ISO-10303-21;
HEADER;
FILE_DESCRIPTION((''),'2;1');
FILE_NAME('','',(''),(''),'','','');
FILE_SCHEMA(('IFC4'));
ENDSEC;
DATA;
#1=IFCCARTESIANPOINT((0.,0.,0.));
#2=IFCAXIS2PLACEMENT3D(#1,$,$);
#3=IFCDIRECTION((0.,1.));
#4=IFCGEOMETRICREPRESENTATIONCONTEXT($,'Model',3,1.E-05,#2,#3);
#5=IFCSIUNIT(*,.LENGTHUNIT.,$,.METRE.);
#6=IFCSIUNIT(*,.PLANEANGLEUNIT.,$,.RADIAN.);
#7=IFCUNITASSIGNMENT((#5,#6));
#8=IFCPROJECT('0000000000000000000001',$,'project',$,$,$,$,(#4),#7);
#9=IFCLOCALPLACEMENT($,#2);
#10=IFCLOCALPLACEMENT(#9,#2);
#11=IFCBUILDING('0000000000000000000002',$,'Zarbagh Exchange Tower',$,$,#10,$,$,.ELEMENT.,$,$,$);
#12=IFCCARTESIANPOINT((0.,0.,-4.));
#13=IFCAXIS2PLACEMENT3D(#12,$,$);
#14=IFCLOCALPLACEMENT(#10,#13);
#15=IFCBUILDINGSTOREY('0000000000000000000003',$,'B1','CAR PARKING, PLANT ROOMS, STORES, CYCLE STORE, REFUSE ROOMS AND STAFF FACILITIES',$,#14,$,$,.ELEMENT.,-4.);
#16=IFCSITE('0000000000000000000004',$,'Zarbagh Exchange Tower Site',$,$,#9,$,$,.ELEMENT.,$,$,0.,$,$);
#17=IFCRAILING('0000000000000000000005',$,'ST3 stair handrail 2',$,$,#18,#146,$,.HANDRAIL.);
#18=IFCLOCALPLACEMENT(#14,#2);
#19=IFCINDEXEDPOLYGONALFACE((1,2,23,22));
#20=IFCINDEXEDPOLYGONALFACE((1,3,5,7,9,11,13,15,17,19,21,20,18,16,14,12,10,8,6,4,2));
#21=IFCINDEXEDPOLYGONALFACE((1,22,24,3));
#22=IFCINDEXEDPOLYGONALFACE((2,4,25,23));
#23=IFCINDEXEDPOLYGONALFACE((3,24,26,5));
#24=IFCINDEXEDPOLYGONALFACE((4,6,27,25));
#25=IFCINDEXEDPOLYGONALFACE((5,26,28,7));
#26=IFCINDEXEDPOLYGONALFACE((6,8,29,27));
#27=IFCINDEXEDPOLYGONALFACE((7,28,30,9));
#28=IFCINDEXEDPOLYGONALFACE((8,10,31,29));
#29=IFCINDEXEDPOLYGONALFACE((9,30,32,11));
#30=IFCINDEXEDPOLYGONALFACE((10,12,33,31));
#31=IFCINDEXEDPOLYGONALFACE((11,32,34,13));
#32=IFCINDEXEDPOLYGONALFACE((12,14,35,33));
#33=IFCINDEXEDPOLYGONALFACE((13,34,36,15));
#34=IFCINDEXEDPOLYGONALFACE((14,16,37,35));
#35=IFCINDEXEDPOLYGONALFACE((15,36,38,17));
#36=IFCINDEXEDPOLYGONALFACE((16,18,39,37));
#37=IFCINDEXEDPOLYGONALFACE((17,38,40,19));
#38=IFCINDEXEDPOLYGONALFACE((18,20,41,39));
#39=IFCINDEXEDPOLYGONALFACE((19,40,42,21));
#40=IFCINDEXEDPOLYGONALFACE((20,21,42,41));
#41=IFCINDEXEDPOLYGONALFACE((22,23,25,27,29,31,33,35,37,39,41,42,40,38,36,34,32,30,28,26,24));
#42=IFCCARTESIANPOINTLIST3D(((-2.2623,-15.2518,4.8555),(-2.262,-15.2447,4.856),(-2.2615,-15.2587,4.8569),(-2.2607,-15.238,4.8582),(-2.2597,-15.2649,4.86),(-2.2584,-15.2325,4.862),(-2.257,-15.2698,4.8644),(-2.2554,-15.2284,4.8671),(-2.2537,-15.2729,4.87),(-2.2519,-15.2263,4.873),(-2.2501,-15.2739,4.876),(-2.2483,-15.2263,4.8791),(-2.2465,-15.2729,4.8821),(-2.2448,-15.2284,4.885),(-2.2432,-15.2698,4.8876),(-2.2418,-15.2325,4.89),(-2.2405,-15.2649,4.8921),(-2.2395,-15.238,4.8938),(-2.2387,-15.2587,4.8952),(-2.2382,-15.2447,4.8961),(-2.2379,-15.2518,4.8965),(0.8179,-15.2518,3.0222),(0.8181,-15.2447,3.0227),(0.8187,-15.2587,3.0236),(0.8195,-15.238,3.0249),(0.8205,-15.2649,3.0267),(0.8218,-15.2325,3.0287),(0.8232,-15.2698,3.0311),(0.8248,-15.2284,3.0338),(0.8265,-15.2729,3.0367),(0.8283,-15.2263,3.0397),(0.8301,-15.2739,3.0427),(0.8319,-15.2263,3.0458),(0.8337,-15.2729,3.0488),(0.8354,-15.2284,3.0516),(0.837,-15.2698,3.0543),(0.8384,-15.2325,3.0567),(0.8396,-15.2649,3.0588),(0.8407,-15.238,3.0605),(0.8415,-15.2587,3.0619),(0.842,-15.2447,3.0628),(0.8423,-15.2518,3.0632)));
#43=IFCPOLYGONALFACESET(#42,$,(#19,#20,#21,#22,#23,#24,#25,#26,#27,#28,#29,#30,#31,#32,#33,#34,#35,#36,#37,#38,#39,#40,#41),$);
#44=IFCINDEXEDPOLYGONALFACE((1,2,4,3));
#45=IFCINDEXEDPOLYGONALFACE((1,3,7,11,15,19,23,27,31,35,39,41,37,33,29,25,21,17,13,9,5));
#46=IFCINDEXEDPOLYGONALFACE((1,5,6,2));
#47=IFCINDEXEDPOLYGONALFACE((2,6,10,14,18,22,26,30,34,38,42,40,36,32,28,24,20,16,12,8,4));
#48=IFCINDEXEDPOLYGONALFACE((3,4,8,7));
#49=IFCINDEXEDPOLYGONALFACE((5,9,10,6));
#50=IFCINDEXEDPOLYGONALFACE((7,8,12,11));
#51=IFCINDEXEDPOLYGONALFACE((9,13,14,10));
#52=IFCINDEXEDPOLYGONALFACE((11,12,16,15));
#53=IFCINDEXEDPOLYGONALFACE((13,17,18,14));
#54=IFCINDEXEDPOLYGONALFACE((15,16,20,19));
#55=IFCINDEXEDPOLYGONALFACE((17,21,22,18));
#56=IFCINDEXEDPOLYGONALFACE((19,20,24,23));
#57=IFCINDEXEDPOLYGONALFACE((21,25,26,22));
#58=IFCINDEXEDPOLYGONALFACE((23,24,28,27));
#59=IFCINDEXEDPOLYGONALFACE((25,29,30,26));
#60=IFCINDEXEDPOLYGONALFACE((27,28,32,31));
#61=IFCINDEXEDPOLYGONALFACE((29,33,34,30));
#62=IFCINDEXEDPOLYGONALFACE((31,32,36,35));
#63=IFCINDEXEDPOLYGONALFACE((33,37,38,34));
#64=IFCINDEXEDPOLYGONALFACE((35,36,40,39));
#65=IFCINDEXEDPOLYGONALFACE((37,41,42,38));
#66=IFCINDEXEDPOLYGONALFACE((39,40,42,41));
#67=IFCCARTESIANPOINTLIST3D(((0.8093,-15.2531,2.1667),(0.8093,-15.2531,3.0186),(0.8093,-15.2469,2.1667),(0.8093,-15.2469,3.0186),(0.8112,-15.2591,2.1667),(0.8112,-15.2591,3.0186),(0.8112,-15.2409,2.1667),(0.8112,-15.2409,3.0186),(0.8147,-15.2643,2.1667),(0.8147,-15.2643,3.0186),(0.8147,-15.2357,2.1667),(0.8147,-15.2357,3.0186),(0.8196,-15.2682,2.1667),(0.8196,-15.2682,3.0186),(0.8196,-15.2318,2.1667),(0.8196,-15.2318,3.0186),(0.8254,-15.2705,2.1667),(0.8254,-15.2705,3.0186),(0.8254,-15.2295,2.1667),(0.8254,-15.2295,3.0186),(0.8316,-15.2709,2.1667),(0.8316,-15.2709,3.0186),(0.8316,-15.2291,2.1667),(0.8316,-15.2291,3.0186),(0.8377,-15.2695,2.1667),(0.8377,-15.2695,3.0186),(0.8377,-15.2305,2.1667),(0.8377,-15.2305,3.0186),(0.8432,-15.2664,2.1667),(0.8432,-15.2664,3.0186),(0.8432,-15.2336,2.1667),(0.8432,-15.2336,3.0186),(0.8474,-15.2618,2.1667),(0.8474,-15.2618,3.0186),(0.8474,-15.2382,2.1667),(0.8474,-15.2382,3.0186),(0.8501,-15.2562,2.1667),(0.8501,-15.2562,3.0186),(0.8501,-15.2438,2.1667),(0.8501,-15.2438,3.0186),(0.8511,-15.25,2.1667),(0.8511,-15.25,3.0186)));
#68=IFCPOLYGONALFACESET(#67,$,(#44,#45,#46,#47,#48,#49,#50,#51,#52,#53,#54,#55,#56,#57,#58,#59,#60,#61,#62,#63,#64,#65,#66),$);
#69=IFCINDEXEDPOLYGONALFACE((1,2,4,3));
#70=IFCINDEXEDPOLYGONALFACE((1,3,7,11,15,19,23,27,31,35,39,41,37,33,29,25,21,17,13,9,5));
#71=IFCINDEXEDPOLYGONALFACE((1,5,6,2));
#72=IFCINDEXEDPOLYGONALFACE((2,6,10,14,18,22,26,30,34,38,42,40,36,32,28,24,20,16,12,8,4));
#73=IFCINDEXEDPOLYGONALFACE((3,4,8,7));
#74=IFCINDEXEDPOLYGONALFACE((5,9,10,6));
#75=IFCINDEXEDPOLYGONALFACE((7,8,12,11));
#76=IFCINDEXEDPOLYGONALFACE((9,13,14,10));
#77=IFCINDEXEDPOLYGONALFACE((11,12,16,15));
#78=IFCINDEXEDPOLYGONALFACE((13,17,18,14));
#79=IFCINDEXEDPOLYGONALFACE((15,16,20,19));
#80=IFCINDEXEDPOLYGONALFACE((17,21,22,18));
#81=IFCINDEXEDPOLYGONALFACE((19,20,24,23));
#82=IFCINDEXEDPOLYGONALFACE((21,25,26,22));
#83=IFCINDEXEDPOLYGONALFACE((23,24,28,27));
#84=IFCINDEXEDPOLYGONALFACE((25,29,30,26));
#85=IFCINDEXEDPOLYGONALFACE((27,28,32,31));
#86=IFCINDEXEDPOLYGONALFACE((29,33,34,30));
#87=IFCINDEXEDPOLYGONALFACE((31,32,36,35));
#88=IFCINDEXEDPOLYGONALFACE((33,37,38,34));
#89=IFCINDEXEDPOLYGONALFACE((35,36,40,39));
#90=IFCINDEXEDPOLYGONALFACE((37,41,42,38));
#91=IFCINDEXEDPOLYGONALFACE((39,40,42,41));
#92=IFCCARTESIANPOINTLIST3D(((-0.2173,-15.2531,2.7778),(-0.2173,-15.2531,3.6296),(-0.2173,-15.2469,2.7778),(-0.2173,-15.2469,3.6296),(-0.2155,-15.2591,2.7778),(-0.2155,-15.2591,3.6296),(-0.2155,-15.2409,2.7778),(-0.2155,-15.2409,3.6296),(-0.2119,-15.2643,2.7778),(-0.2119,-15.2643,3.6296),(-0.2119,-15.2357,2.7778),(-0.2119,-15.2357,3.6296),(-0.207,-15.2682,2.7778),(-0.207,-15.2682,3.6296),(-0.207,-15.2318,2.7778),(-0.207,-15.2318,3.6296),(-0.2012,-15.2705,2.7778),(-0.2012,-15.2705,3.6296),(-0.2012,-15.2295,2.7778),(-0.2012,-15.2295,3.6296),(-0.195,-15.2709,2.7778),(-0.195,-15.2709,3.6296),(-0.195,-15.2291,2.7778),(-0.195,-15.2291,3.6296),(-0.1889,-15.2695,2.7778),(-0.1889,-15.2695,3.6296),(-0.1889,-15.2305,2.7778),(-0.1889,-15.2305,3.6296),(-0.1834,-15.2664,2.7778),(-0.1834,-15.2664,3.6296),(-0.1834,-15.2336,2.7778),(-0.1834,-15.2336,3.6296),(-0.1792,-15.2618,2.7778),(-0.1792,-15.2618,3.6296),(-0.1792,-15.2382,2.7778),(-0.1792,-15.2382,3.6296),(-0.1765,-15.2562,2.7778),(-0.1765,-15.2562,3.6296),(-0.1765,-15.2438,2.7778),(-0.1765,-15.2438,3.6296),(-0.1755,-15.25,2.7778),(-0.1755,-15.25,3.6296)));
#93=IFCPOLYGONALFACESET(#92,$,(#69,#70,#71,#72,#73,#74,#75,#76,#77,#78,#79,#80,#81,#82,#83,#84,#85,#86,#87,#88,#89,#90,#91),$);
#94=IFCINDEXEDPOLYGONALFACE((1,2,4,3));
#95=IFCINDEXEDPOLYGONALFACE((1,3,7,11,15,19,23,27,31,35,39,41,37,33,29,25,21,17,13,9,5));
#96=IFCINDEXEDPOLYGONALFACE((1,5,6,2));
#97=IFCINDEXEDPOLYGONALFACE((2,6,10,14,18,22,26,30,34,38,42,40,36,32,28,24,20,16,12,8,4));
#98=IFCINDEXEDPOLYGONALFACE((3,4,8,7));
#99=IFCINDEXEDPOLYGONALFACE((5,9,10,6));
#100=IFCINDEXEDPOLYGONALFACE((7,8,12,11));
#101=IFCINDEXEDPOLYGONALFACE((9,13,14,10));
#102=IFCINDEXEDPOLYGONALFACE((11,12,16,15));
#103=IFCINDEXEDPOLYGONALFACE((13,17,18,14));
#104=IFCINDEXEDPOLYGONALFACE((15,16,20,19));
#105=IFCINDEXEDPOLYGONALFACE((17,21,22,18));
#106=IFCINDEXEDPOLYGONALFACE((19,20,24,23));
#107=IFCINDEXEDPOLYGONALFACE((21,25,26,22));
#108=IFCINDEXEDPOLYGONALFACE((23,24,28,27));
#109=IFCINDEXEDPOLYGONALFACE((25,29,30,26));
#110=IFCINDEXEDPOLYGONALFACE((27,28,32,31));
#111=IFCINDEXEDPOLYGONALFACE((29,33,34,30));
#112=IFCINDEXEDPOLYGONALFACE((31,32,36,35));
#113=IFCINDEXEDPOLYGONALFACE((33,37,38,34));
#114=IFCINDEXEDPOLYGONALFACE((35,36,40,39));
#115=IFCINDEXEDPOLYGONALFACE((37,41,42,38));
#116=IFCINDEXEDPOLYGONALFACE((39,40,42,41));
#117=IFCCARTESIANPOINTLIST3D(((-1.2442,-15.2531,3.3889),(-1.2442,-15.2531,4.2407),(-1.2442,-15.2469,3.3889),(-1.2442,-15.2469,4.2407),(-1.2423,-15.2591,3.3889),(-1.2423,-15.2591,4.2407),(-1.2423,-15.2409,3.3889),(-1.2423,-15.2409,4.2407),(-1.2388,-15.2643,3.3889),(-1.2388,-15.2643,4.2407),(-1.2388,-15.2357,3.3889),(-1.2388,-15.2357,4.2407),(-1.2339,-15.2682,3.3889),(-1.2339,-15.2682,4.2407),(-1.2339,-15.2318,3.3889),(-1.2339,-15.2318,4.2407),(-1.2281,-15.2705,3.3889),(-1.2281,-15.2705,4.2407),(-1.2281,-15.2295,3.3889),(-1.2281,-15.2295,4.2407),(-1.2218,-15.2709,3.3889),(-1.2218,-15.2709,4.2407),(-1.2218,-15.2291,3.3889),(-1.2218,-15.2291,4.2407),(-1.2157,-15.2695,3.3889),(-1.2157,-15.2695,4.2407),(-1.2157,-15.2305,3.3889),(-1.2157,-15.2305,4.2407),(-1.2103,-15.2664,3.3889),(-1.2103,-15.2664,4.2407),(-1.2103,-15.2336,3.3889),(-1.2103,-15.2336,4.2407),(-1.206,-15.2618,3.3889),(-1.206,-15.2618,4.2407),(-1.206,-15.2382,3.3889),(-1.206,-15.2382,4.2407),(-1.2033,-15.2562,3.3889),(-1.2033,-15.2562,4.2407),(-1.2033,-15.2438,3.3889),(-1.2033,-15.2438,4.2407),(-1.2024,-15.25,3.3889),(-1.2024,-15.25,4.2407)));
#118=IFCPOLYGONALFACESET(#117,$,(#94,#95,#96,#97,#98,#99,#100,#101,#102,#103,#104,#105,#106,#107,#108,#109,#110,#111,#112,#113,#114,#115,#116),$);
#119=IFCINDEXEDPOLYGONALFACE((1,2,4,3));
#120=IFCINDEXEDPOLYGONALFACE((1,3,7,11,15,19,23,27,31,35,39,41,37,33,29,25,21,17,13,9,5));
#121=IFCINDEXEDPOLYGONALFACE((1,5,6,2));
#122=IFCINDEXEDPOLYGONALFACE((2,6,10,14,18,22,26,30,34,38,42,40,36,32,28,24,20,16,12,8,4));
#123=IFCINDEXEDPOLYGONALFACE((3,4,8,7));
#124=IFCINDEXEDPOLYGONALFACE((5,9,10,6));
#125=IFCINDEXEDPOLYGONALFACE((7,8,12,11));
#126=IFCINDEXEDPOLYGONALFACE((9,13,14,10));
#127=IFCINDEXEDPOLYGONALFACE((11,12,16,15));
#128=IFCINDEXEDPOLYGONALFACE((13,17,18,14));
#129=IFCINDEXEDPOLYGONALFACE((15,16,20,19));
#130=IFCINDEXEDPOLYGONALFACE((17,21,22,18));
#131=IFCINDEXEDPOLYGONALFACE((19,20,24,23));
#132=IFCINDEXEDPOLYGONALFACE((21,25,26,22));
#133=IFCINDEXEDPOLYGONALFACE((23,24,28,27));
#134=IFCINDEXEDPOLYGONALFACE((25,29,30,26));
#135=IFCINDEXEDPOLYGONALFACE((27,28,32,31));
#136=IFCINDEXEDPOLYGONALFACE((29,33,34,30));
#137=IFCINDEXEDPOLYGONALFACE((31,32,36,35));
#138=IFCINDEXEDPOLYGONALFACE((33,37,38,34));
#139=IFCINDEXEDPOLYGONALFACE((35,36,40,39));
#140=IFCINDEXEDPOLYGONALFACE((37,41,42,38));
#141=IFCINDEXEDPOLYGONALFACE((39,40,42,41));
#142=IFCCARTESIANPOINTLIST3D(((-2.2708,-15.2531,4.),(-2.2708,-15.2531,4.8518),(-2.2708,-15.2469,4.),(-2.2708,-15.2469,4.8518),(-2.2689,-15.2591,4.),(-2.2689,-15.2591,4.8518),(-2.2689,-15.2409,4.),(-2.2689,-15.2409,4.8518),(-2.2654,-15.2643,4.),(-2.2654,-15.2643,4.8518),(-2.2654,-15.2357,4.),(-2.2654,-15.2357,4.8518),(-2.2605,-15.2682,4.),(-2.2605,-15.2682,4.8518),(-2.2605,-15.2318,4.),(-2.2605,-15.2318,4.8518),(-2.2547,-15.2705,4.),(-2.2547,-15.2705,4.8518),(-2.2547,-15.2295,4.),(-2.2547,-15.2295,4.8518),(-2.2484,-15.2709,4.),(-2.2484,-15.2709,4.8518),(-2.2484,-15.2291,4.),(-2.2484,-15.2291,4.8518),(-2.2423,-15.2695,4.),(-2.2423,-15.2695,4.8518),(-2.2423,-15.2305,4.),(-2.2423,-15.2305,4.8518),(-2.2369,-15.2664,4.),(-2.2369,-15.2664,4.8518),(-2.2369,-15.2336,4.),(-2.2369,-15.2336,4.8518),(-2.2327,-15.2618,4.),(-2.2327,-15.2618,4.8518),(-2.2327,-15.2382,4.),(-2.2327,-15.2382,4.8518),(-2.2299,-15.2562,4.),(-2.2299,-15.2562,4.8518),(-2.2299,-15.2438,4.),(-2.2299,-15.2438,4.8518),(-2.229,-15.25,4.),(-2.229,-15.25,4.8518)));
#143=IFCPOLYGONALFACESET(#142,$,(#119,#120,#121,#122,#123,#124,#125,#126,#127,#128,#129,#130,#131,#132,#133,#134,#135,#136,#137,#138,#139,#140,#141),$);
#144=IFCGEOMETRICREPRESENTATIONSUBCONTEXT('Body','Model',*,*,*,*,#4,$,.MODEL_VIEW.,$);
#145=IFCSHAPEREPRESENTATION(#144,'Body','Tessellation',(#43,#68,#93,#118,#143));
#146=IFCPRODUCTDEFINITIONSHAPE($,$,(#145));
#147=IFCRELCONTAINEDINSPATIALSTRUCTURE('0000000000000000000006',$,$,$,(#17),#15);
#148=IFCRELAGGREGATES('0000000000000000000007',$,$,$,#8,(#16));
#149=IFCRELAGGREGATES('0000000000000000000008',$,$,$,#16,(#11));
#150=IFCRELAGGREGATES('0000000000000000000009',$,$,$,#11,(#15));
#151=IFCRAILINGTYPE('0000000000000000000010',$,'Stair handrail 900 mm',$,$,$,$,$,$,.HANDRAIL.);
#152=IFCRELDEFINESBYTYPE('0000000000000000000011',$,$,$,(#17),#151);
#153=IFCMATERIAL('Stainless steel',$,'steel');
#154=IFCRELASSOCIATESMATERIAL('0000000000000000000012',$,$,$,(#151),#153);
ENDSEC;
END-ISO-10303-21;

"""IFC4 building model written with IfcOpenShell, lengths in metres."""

from ifc_helpers import new_model, si_unit, direction, frame, origin, origin_2d, place, context, subcontext, project, spatial, circle, extrude, material, type_object, element, save


model = new_model("IFC4")

# Units and contexts
model_context = context("Model", 3, precision=1e-05, world=origin(), true_north=direction((0.0, 1.0)))
body_context = subcontext(model_context, "Body", "Model", "MODEL_VIEW")
ifc_project = project(units=[si_unit("LENGTHUNIT", "METRE"), si_unit("PLANEANGLEUNIT", "RADIAN")], contexts=[model_context])

# Site, building, storey
site_placement = place(None, origin())
site = spatial("IfcSite", under=ifc_project, at=site_placement, Name="Zarbagh Exchange Tower Site", CompositionType="ELEMENT", RefElevation=0.0)
building_placement = place(site_placement, origin())
building = spatial("IfcBuilding", under=site, at=building_placement, Name="Zarbagh Exchange Tower", CompositionType="ELEMENT")
storey_placement = place(building_placement, frame((0.0, 0.0, -4.0)))
storey = spatial("IfcBuildingStorey", under=building, at=storey_placement, Name="B1", Description="CAR PARKING, PLANT ROOMS, STORES, CYCLE STORE, REFUSE ROOMS AND STAFF FACILITIES", CompositionType="ELEMENT", Elevation=-4.0)

# Railing
ifc_material_1 = material(Name="Stainless steel", Category="steel")
railing_type_1 = type_object("IfcRailingType", Name="Stair handrail 900 mm", PredefinedType="HANDRAIL", material=ifc_material_1)
for number, where, name in (
    (1, (0.8301, -15.25, 2.1667), "ST3 stair handrail 2"),
):
    element("IfcRailing", number, at=place(storey_placement, frame(where)), inside=storey, type_object=railing_type_1, Name=name, PredefinedType="HANDRAIL", context=body_context, shape_type="SweptSolid", body=[
        extrude(circle(Radius=0.0239, at=origin_2d()), frame((0.0, 0.0, 0.876), z_axis=(-0.859309, 0.0, 0.511458), x_axis=(0.0, -1.0, 0.0)), (0.0, 0.0, 1.0), 3.5845),
        extrude(circle(Radius=0.021, at=origin_2d()), origin(), (0.0, 0.0, 1.0), 0.8518),
        extrude(circle(Radius=0.021, at=origin_2d()), frame((-1.0266, 0.0, 0.6111)), (0.0, 0.0, 1.0), 0.8518),
        extrude(circle(Radius=0.021, at=origin_2d()), frame((-2.0535, 0.0, 1.2222)), (0.0, 0.0, 1.0), 0.8518),
        extrude(circle(Radius=0.021, at=origin_2d()), frame((-3.0801, 0.0, 1.8333)), (0.0, 0.0, 1.0), 0.8518),
    ])

save(model, "model.ifc")
